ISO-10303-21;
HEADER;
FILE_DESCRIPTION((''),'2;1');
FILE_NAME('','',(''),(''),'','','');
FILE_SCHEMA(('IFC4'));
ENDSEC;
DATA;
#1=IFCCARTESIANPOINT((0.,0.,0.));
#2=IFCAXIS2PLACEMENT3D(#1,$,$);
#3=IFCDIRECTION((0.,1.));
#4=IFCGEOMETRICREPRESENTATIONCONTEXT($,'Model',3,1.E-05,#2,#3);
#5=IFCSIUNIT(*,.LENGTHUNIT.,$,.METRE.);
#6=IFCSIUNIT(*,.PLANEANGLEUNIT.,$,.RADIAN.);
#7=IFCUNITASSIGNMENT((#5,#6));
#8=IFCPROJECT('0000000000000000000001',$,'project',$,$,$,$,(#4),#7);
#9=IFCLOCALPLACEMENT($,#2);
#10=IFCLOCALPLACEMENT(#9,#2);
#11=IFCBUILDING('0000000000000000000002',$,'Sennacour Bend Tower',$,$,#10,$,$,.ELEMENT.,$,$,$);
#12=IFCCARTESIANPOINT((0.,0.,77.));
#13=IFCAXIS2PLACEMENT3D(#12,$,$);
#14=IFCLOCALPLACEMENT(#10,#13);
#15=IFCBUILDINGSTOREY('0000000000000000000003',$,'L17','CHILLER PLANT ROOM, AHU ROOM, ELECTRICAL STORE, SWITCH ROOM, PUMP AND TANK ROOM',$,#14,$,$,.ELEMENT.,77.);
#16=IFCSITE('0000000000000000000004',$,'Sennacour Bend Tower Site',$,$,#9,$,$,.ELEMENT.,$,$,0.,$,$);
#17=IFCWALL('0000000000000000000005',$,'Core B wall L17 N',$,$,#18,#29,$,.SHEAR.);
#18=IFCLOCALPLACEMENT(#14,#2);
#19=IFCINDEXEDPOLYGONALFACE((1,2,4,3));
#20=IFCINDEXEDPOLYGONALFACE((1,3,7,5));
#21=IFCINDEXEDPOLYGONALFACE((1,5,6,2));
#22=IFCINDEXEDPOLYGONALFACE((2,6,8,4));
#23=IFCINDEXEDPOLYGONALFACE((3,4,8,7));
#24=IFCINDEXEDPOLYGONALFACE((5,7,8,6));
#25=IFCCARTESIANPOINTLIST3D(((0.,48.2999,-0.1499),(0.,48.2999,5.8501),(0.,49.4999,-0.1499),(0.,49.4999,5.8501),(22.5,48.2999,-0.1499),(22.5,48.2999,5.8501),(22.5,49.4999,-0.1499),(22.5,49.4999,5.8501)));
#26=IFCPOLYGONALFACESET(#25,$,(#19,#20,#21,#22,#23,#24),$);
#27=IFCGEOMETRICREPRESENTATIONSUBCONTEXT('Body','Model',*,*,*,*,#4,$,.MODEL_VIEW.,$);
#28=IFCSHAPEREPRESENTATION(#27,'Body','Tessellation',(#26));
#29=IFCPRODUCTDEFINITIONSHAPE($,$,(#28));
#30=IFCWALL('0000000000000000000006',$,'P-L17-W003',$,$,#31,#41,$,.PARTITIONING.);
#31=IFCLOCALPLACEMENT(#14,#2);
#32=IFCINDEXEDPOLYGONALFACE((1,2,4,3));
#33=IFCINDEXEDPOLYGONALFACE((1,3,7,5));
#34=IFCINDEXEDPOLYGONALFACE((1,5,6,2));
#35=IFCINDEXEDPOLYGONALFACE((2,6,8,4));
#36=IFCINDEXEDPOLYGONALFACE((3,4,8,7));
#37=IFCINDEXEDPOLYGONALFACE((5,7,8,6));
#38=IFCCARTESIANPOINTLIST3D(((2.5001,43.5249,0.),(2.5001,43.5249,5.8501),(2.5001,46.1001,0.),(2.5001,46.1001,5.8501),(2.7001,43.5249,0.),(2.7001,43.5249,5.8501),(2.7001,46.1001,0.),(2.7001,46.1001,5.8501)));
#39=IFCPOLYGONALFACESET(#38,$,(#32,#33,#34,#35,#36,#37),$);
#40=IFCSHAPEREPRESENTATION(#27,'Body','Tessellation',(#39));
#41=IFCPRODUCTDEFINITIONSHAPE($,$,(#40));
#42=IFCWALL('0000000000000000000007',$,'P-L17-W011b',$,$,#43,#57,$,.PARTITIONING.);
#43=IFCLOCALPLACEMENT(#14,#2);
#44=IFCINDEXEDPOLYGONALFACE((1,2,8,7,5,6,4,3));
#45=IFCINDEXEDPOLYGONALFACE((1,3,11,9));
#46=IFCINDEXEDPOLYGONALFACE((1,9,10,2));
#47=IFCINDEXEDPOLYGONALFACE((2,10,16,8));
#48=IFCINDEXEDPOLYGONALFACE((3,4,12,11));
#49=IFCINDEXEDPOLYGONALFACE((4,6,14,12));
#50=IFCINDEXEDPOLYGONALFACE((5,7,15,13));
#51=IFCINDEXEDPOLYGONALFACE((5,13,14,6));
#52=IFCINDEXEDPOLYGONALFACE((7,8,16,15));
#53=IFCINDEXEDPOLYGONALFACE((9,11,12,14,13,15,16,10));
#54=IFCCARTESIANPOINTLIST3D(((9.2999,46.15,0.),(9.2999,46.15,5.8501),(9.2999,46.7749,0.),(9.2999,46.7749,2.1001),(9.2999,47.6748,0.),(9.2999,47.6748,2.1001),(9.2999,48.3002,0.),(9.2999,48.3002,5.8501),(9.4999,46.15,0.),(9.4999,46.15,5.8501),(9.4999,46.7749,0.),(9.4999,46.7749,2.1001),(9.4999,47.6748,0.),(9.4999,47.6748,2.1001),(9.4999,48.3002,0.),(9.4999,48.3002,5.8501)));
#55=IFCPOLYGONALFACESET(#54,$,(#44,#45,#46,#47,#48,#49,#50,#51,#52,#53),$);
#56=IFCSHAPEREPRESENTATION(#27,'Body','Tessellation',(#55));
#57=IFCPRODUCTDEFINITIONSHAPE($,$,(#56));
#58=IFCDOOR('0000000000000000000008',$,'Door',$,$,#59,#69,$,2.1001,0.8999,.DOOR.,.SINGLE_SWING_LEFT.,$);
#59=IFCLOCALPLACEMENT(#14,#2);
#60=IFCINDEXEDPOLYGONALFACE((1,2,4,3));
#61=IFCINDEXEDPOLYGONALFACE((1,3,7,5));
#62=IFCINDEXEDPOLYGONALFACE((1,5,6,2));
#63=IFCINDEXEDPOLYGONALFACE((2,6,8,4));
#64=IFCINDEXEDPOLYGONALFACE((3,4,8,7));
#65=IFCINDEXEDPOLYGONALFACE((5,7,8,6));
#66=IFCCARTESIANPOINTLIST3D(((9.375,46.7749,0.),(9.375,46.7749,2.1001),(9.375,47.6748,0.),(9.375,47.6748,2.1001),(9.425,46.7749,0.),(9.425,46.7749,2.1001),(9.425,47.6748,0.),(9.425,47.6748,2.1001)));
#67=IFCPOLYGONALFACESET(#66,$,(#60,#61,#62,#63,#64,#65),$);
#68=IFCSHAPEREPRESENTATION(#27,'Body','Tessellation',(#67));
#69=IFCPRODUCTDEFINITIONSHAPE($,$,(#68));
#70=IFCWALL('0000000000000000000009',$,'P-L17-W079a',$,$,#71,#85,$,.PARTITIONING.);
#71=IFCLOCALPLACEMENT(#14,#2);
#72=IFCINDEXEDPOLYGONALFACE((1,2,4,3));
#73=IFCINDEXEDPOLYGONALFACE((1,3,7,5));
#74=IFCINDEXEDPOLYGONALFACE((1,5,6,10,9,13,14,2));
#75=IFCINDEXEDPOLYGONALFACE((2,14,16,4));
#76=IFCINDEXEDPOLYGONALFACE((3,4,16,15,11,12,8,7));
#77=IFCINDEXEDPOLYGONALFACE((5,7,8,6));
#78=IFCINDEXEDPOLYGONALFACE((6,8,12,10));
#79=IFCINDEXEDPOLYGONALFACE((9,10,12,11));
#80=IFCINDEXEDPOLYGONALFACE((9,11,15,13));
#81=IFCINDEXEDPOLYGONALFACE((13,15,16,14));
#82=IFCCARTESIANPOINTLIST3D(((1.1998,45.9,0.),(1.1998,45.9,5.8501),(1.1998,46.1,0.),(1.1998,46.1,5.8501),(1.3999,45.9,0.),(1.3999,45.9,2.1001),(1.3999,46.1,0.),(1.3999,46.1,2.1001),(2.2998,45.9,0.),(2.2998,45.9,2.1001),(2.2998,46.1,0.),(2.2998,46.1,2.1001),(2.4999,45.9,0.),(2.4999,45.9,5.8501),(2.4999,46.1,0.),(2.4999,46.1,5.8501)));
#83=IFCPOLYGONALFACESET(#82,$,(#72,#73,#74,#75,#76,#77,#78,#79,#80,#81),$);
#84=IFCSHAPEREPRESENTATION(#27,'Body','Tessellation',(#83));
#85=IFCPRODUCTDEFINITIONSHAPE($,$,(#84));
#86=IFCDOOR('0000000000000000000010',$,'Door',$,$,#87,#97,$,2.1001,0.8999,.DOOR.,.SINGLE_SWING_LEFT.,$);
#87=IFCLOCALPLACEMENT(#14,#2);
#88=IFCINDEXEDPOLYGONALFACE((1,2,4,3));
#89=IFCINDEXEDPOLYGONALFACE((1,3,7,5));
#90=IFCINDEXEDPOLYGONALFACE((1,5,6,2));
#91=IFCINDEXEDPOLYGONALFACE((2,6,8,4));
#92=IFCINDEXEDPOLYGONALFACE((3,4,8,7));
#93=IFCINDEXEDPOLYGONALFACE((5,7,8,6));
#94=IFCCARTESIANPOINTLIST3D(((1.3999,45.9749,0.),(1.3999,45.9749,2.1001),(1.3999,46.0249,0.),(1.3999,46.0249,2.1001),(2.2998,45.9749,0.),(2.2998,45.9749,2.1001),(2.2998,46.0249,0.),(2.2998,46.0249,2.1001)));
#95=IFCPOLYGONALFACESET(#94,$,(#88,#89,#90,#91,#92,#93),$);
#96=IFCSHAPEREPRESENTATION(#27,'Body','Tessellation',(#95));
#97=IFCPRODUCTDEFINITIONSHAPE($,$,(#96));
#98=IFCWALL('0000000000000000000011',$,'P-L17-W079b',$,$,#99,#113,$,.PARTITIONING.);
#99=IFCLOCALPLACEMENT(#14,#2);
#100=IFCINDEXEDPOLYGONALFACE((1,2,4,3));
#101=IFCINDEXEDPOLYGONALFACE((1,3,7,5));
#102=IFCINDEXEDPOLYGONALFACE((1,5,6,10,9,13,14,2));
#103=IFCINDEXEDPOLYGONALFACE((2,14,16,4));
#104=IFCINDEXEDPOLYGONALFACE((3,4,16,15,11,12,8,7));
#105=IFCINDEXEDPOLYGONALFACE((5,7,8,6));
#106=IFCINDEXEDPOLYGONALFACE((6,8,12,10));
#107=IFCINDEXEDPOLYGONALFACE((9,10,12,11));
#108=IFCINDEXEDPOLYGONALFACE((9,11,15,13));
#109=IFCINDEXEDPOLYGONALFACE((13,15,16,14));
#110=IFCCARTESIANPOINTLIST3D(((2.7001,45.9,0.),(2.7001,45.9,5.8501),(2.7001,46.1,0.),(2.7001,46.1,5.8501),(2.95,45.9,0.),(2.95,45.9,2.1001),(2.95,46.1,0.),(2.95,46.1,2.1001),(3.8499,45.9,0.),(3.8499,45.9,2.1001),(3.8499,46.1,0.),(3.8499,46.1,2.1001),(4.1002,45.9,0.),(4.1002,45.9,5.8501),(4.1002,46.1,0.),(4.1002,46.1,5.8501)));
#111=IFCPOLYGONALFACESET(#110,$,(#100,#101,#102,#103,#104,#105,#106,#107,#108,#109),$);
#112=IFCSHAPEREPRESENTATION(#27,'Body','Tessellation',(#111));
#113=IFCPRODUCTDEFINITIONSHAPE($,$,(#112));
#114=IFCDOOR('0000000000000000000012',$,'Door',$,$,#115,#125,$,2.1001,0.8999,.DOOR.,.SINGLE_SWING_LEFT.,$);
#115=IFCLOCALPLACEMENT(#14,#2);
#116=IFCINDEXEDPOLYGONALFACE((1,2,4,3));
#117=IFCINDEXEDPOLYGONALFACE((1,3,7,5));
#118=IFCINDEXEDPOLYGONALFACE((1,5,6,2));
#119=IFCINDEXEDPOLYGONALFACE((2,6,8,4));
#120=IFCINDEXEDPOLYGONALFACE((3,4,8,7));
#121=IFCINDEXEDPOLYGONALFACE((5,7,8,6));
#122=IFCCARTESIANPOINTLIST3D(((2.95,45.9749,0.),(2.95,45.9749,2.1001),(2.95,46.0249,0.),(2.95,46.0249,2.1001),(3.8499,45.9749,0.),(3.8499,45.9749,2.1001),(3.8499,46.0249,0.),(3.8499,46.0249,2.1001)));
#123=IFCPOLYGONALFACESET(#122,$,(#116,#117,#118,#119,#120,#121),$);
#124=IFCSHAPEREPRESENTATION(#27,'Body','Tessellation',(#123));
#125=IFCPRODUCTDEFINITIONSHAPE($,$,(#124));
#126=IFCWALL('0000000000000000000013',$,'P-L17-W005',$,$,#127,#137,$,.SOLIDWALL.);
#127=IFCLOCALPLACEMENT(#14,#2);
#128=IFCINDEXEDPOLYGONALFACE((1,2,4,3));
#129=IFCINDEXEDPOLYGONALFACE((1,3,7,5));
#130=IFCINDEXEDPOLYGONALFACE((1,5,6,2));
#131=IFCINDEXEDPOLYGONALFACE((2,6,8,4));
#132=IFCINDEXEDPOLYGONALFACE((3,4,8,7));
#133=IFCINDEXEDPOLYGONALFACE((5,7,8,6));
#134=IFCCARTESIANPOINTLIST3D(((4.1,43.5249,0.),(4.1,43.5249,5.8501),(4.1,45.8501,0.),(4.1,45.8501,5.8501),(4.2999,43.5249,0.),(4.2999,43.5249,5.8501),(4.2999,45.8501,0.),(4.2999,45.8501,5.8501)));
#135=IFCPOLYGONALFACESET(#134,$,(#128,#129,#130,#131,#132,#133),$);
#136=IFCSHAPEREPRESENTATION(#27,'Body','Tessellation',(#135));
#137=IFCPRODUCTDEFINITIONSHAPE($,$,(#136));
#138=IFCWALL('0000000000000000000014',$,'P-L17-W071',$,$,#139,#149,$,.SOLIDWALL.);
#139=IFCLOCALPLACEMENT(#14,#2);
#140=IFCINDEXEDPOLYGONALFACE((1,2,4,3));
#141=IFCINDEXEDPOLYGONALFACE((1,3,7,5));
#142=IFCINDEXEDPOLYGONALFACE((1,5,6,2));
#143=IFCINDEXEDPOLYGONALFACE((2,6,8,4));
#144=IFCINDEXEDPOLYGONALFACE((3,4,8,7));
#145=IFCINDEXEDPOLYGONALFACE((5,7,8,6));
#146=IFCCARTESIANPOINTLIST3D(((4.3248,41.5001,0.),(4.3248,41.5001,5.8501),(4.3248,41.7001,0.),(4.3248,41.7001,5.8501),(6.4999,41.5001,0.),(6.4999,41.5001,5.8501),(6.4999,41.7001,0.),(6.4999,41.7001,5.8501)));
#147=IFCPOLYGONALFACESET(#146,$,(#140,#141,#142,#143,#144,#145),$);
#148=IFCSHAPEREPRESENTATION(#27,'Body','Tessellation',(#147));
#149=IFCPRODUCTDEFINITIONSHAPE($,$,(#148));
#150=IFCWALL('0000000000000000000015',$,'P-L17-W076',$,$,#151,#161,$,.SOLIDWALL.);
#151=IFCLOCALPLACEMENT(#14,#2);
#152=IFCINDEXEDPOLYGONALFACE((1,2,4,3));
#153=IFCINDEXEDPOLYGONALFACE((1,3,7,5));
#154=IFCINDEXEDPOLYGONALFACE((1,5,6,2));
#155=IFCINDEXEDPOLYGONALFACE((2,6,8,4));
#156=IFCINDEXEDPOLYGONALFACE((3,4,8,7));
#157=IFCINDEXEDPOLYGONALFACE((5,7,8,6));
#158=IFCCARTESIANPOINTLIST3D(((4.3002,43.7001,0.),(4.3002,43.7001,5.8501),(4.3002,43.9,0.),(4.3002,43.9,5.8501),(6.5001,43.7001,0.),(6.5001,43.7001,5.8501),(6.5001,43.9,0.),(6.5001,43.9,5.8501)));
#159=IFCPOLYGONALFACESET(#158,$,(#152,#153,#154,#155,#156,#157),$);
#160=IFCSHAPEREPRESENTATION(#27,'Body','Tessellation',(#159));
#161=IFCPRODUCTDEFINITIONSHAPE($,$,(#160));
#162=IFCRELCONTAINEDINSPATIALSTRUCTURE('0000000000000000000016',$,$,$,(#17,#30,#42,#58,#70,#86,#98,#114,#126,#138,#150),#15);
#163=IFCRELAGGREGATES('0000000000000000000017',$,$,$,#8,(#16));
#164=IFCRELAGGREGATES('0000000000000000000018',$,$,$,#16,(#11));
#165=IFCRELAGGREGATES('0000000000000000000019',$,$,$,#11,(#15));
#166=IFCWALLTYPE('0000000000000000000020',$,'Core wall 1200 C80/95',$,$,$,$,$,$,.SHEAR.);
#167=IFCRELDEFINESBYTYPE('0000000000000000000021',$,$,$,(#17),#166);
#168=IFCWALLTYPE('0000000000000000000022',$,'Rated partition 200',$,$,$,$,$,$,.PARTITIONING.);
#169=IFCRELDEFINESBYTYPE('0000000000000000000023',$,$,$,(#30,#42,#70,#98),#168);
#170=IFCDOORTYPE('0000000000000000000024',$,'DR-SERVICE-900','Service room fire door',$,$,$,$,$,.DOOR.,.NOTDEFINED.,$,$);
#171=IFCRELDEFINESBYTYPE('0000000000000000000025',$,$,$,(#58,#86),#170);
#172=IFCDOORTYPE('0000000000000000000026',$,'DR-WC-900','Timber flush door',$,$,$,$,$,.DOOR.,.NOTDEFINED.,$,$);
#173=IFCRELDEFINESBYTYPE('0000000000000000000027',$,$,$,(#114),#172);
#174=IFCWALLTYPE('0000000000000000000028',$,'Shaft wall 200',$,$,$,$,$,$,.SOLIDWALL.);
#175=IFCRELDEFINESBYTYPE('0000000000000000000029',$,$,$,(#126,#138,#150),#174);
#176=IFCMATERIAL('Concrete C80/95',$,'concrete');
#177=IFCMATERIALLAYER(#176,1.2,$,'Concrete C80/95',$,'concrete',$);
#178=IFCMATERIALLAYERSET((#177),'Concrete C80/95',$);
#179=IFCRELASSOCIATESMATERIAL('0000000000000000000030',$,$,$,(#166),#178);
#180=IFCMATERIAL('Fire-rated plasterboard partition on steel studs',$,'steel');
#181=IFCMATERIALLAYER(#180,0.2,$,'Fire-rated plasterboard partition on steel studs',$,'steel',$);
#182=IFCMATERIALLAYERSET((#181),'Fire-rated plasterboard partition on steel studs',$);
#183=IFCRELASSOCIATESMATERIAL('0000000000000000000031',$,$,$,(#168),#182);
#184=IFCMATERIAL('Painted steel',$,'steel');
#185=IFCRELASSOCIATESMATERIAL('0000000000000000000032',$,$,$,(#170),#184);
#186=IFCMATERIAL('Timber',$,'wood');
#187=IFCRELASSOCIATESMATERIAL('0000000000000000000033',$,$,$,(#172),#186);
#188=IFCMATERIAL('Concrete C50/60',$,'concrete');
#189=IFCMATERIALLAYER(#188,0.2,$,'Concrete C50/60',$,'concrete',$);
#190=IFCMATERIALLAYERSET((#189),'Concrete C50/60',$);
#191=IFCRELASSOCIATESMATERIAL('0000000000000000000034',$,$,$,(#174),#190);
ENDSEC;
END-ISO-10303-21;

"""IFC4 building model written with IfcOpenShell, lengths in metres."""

from ifc_helpers import new_model, si_unit, direction, frame, frame_2d, origin, place, context, subcontext, project, spatial, rectangle, extrude, material, layer, layer_set, type_object, element, fill, save


model = new_model("IFC4")

# Units and contexts
model_context = context("Model", 3, precision=1e-05, world=origin(), true_north=direction((0.0, 1.0)))
body_context = subcontext(model_context, "Body", "Model", "MODEL_VIEW")
ifc_project = project(units=[si_unit("LENGTHUNIT", "METRE"), si_unit("PLANEANGLEUNIT", "RADIAN")], contexts=[model_context])

# Site, building, storey
site_placement = place(None, origin())
site = spatial("IfcSite", under=ifc_project, at=site_placement, Name="Sennacour Bend Tower Site", CompositionType="ELEMENT", RefElevation=0.0)
building_placement = place(site_placement, origin())
building = spatial("IfcBuilding", under=site, at=building_placement, Name="Sennacour Bend Tower", CompositionType="ELEMENT")
storey_placement = place(building_placement, frame((0.0, 0.0, 77.0)))
storey = spatial("IfcBuildingStorey", under=building, at=storey_placement, Name="L17", Description="CHILLER PLANT ROOM, AHU ROOM, ELECTRICAL STORE, SWITCH ROOM, PUMP AND TANK ROOM", CompositionType="ELEMENT", Elevation=77.0)

# Walls
ifc_material_1 = material(Name="Concrete C80/95", Category="concrete")
ifc_layer_1 = layer(ifc_material_1, 1.2, Name="Concrete C80/95", Category="concrete")
ifc_layer_set_1 = layer_set([ifc_layer_1], Name="Concrete C80/95")
wall_type_1 = type_object("IfcWallType", Name="Core wall 1200 C80/95", PredefinedType="SHEAR", material=ifc_layer_set_1)
wall_1_placement = place(storey_placement, frame((0.0, 48.8999, -0.1499), z_axis=(0.0, 0.0, 1.0), x_axis=(1.0, 0.0, 0.0)))
element("IfcWall", 1, at=wall_1_placement, inside=storey, type_object=wall_type_1, Name="Core B wall L17 N", PredefinedType="SHEAR", context=body_context, shape_type="SweptSolid", body=[
    extrude(rectangle(XDim=22.5, YDim=1.2, at=frame_2d((11.25, 0.0))), origin(), (0.0, 0.0, 1.0), 6.0),
])
ifc_material_2 = material(Name="Fire-rated plasterboard partition on steel studs", Category="steel")
ifc_layer_2 = layer(ifc_material_2, 0.2, Name="Fire-rated plasterboard partition on steel studs", Category="steel")
ifc_layer_set_2 = layer_set([ifc_layer_2], Name="Fire-rated plasterboard partition on steel studs")
wall_type_2 = type_object("IfcWallType", Name="Rated partition 200", PredefinedType="PARTITIONING", material=ifc_layer_set_2)
wall_2_placement = place(storey_placement, frame((2.6001, 43.5249, 0.0), z_axis=(0.0, 0.0, 1.0), x_axis=(0.0, 1.0, 0.0)))
element("IfcWall", 2, at=wall_2_placement, inside=storey, type_object=wall_type_2, Name="P-L17-W003", PredefinedType="PARTITIONING", context=body_context, shape_type="SweptSolid", body=[
    extrude(rectangle(XDim=2.5752, YDim=0.2, at=frame_2d((1.2876, 0.0))), origin(), (0.0, 0.0, 1.0), 5.8501),
])

# Walls, openings, doors
wall_3_placement = place(storey_placement, frame((9.3999, 46.1499, 0.0), z_axis=(0.0, 0.0, 1.0), x_axis=(0.0, 1.0, 0.0)))
wall_3 = element("IfcWall", 3, at=wall_3_placement, inside=storey, type_object=wall_type_2, Name="P-L17-W011b", PredefinedType="PARTITIONING", context=body_context, shape_type="SweptSolid", body=[
    extrude(rectangle(XDim=2.1501, YDim=0.2, at=frame_2d((1.0752, 0.0))), origin(), (0.0, 0.0, 1.0), 5.8501),
])
opening_1_placement = place(wall_3_placement, frame((0.625, 0.0, 0.0)))
opening_1 = element("IfcOpeningElement", 4, at=opening_1_placement, cuts=wall_3, PredefinedType="OPENING", context=body_context, shape_type="SweptSolid", body=[
    extrude(rectangle(XDim=0.8999, YDim=2.1001, at=frame_2d((0.45, 1.05))), frame((0.0, 0.1099, 0.0), z_axis=(0.0, -1.0, 0.0), x_axis=(1.0, 0.0, 0.0)), (0.0, 0.0, 1.0), 0.22),
])
ifc_material_3 = material(Name="Painted steel", Category="steel")
door_type_1 = type_object("IfcDoorType", Name="DR-SERVICE-900", Description="Service room fire door", OperationType="NOTDEFINED", PredefinedType="DOOR", material=ifc_material_3)
door_1_placement = place(opening_1_placement, origin())
door_1 = element("IfcDoor", 5, at=door_1_placement, inside=storey, type_object=door_type_1, Name="Door", OperationType="SINGLE_SWING_LEFT", OverallHeight=2.1001, OverallWidth=0.8999, PredefinedType="DOOR", context=body_context, shape_type="SweptSolid", body=[
    extrude(rectangle(XDim=0.8999, YDim=2.1001, at=frame_2d((0.45, 1.05))), frame((0.0, 0.0249, 0.0), z_axis=(0.0, -1.0, 0.0), x_axis=(1.0, 0.0, 0.0)), (0.0, 0.0, 1.0), 0.05),
])
fill(opening_1, door_1)
wall_4_placement = place(storey_placement, frame((1.2, 46.0, 0.0), z_axis=(0.0, 0.0, 1.0), x_axis=(1.0, 0.0, 0.0)))
wall_4 = element("IfcWall", 6, at=wall_4_placement, inside=storey, type_object=wall_type_2, Name="P-L17-W079a", PredefinedType="PARTITIONING", context=body_context, shape_type="SweptSolid", body=[
    extrude(rectangle(XDim=1.3, YDim=0.2, at=frame_2d((0.6499, 0.0))), origin(), (0.0, 0.0, 1.0), 5.8501),
])
opening_2_placement = place(wall_4_placement, frame((0.2, 0.0, 0.0)))
opening_2 = element("IfcOpeningElement", 7, at=opening_2_placement, cuts=wall_4, PredefinedType="OPENING", context=body_context, shape_type="SweptSolid", body=[
    extrude(rectangle(XDim=0.8999, YDim=2.1001, at=frame_2d((0.45, 1.05))), frame((0.0, 0.1099, 0.0), z_axis=(0.0, -1.0, 0.0), x_axis=(1.0, 0.0, 0.0)), (0.0, 0.0, 1.0), 0.22),
])
door_2_placement = place(opening_2_placement, origin())
door_2 = element("IfcDoor", 8, at=door_2_placement, inside=storey, type_object=door_type_1, Name="Door", OperationType="SINGLE_SWING_LEFT", OverallHeight=2.1001, OverallWidth=0.8999, PredefinedType="DOOR", context=body_context, shape_type="SweptSolid", body=[
    extrude(rectangle(XDim=0.8999, YDim=2.1001, at=frame_2d((0.45, 1.05))), frame((0.0, 0.0249, 0.0), z_axis=(0.0, -1.0, 0.0), x_axis=(1.0, 0.0, 0.0)), (0.0, 0.0, 1.0), 0.05),
])
fill(opening_2, door_2)
wall_5_placement = place(storey_placement, frame((2.7, 46.0, 0.0), z_axis=(0.0, 0.0, 1.0), x_axis=(1.0, 0.0, 0.0)))
wall_5 = element("IfcWall", 9, at=wall_5_placement, inside=storey, type_object=wall_type_2, Name="P-L17-W079b", PredefinedType="PARTITIONING", context=body_context, shape_type="SweptSolid", body=[
    extrude(rectangle(XDim=1.4001, YDim=0.2, at=frame_2d((0.7002, 0.0))), origin(), (0.0, 0.0, 1.0), 5.8501),
])
opening_3_placement = place(wall_5_placement, frame((0.25, 0.0, 0.0)))
opening_3 = element("IfcOpeningElement", 10, at=opening_3_placement, cuts=wall_5, PredefinedType="OPENING", context=body_context, shape_type="SweptSolid", body=[
    extrude(rectangle(XDim=0.8999, YDim=2.1001, at=frame_2d((0.45, 1.05))), frame((0.0, 0.1099, 0.0), z_axis=(0.0, -1.0, 0.0), x_axis=(1.0, 0.0, 0.0)), (0.0, 0.0, 1.0), 0.22),
])
ifc_material_4 = material(Name="Timber", Category="wood")
door_type_2 = type_object("IfcDoorType", Name="DR-WC-900", Description="Timber flush door", OperationType="NOTDEFINED", PredefinedType="DOOR", material=ifc_material_4)
door_3_placement = place(opening_3_placement, origin())
door_3 = element("IfcDoor", 11, at=door_3_placement, inside=storey, type_object=door_type_2, Name="Door", OperationType="SINGLE_SWING_LEFT", OverallHeight=2.1001, OverallWidth=0.8999, PredefinedType="DOOR", context=body_context, shape_type="SweptSolid", body=[
    extrude(rectangle(XDim=0.8999, YDim=2.1001, at=frame_2d((0.45, 1.05))), frame((0.0, 0.0249, 0.0), z_axis=(0.0, -1.0, 0.0), x_axis=(1.0, 0.0, 0.0)), (0.0, 0.0, 1.0), 0.05),
])
fill(opening_3, door_3)

# Walls
ifc_material_5 = material(Name="Concrete C50/60", Category="concrete")
ifc_layer_3 = layer(ifc_material_5, 0.2, Name="Concrete C50/60", Category="concrete")
ifc_layer_set_3 = layer_set([ifc_layer_3], Name="Concrete C50/60")
wall_type_3 = type_object("IfcWallType", Name="Shaft wall 200", PredefinedType="SOLIDWALL", material=ifc_layer_set_3)
wall_6_placement = place(storey_placement, frame((4.2, 43.5249, 0.0), z_axis=(0.0, 0.0, 1.0), x_axis=(0.0, 1.0, 0.0)))
element("IfcWall", 12, at=wall_6_placement, inside=storey, type_object=wall_type_3, Name="P-L17-W005", PredefinedType="SOLIDWALL", context=body_context, shape_type="SweptSolid", body=[
    extrude(rectangle(XDim=2.3252, YDim=0.2, at=frame_2d((1.1626, 0.0))), origin(), (0.0, 0.0, 1.0), 5.8501),
])
wall_7_placement = place(storey_placement, frame((4.325, 41.6001, 0.0), z_axis=(0.0, 0.0, 1.0), x_axis=(1.0, 0.0, 0.0)))
element("IfcWall", 13, at=wall_7_placement, inside=storey, type_object=wall_type_3, Name="P-L17-W071", PredefinedType="SOLIDWALL", context=body_context, shape_type="SweptSolid", body=[
    extrude(rectangle(XDim=2.175, YDim=0.2, at=frame_2d((1.0874, 0.0))), origin(), (0.0, 0.0, 1.0), 5.8501),
])
wall_8_placement = place(storey_placement, frame((4.3, 43.8, 0.0), z_axis=(0.0, 0.0, 1.0), x_axis=(1.0, 0.0, 0.0)))
element("IfcWall", 14, at=wall_8_placement, inside=storey, type_object=wall_type_3, Name="P-L17-W076", PredefinedType="SOLIDWALL", context=body_context, shape_type="SweptSolid", body=[
    extrude(rectangle(XDim=2.2, YDim=0.2, at=frame_2d((1.1001, 0.0))), origin(), (0.0, 0.0, 1.0), 5.8501),
])

save(model, "model.ifc")
